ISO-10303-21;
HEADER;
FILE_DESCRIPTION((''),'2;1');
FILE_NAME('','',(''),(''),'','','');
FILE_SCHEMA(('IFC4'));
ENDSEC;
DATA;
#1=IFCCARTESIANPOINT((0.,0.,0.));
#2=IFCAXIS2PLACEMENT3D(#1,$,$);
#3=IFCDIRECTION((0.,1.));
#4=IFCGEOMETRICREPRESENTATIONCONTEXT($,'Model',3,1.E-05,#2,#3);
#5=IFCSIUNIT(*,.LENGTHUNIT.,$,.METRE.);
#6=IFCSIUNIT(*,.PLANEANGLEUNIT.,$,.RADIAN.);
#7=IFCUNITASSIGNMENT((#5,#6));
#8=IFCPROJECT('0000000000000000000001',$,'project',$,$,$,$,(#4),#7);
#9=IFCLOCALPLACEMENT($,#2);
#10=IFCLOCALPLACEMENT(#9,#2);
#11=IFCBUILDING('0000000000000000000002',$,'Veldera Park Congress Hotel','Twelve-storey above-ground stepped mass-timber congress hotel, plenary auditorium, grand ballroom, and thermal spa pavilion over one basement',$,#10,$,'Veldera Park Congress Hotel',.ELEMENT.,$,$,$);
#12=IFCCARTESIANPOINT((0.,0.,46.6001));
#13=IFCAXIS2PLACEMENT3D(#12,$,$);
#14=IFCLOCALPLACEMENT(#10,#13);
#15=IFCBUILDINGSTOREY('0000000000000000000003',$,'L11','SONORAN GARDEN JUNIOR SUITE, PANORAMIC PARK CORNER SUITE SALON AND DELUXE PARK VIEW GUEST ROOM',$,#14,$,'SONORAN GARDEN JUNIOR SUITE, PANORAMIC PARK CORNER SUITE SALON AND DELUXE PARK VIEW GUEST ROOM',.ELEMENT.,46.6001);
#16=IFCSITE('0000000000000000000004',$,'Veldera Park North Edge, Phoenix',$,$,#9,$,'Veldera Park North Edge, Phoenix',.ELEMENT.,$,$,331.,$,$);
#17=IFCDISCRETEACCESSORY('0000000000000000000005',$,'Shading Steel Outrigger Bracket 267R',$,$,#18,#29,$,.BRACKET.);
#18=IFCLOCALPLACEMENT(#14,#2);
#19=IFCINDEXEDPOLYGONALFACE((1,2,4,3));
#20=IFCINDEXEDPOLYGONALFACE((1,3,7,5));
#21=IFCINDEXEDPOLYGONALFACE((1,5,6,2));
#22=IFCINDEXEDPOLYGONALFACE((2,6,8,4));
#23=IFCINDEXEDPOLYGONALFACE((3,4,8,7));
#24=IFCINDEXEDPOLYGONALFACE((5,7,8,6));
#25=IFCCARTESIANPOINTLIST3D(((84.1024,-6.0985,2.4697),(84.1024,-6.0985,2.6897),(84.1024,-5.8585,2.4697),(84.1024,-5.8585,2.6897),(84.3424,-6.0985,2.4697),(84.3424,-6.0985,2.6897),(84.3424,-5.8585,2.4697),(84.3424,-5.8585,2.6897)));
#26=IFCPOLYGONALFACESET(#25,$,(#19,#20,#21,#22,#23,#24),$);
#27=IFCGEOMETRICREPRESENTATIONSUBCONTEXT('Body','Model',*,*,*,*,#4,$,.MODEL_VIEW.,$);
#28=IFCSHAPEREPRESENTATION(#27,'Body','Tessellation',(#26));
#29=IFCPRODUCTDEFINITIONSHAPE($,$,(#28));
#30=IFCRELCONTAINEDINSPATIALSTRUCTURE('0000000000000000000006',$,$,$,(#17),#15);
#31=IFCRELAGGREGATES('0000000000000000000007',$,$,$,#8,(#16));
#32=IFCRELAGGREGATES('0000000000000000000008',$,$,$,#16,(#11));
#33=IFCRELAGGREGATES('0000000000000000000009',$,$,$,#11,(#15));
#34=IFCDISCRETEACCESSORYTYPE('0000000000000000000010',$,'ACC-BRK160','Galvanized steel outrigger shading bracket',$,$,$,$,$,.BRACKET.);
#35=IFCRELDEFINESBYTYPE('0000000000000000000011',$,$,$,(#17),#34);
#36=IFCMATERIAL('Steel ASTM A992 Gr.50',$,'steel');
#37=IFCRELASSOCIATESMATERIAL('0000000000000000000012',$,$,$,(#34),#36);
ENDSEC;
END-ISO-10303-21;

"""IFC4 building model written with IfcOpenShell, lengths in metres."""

from ifc_helpers import new_model, si_unit, direction, frame, origin, origin_2d, place, context, subcontext, project, spatial, rectangle, extrude, material, type_object, element, save


model = new_model("IFC4")

# Units and contexts
model_context = context("Model", 3, precision=1e-05, world=origin(), true_north=direction((0.0, 1.0)))
body_context = subcontext(model_context, "Body", "Model", "MODEL_VIEW")
ifc_project = project(units=[si_unit("LENGTHUNIT", "METRE"), si_unit("PLANEANGLEUNIT", "RADIAN")], contexts=[model_context])

# Site, building, storey
site_placement = place(None, origin())
site = spatial("IfcSite", under=ifc_project, at=site_placement, Name="Veldera Park North Edge, Phoenix", LongName="Veldera Park North Edge, Phoenix", CompositionType="ELEMENT", RefElevation=331.0)
building_placement = place(site_placement, origin())
building = spatial("IfcBuilding", under=site, at=building_placement, Name="Veldera Park Congress Hotel", Description="Twelve-storey above-ground stepped mass-timber congress hotel, plenary auditorium, grand ballroom, and thermal spa pavilion over one basement", LongName="Veldera Park Congress Hotel", CompositionType="ELEMENT")
storey_placement = place(building_placement, frame((0.0, 0.0, 46.6001)))
storey = spatial("IfcBuildingStorey", under=building, at=storey_placement, Name="L11", Description="SONORAN GARDEN JUNIOR SUITE, PANORAMIC PARK CORNER SUITE SALON AND DELUXE PARK VIEW GUEST ROOM", LongName="SONORAN GARDEN JUNIOR SUITE, PANORAMIC PARK CORNER SUITE SALON AND DELUXE PARK VIEW GUEST ROOM", CompositionType="ELEMENT", Elevation=46.6001)

# Discrete accessory
ifc_material_1 = material(Name="Steel ASTM A992 Gr.50", Category="steel")
discrete_accessory_type = type_object("IfcDiscreteAccessoryType", Name="ACC-BRK160", Description="Galvanized steel outrigger shading bracket", PredefinedType="BRACKET", material=ifc_material_1)
for number, where, z_axis, x_axis, name in (
    (1, (84.2224, -5.9785, 2.4697), (0.0, 0.0, 1.0), (0.0, 1.0, 0.0), "Shading Steel Outrigger Bracket 267R"),
):
    element("IfcDiscreteAccessory", number, at=place(storey_placement, frame(where, z_axis=z_axis, x_axis=x_axis)), inside=storey, type_object=discrete_accessory_type, Name=name, PredefinedType="BRACKET", context=body_context, shape_type="SweptSolid", body=[
        extrude(rectangle(XDim=0.24, YDim=0.24, at=origin_2d()), origin(), (0.0, 0.0, 1.0), 0.22),
    ])

save(model, "model.ifc")
